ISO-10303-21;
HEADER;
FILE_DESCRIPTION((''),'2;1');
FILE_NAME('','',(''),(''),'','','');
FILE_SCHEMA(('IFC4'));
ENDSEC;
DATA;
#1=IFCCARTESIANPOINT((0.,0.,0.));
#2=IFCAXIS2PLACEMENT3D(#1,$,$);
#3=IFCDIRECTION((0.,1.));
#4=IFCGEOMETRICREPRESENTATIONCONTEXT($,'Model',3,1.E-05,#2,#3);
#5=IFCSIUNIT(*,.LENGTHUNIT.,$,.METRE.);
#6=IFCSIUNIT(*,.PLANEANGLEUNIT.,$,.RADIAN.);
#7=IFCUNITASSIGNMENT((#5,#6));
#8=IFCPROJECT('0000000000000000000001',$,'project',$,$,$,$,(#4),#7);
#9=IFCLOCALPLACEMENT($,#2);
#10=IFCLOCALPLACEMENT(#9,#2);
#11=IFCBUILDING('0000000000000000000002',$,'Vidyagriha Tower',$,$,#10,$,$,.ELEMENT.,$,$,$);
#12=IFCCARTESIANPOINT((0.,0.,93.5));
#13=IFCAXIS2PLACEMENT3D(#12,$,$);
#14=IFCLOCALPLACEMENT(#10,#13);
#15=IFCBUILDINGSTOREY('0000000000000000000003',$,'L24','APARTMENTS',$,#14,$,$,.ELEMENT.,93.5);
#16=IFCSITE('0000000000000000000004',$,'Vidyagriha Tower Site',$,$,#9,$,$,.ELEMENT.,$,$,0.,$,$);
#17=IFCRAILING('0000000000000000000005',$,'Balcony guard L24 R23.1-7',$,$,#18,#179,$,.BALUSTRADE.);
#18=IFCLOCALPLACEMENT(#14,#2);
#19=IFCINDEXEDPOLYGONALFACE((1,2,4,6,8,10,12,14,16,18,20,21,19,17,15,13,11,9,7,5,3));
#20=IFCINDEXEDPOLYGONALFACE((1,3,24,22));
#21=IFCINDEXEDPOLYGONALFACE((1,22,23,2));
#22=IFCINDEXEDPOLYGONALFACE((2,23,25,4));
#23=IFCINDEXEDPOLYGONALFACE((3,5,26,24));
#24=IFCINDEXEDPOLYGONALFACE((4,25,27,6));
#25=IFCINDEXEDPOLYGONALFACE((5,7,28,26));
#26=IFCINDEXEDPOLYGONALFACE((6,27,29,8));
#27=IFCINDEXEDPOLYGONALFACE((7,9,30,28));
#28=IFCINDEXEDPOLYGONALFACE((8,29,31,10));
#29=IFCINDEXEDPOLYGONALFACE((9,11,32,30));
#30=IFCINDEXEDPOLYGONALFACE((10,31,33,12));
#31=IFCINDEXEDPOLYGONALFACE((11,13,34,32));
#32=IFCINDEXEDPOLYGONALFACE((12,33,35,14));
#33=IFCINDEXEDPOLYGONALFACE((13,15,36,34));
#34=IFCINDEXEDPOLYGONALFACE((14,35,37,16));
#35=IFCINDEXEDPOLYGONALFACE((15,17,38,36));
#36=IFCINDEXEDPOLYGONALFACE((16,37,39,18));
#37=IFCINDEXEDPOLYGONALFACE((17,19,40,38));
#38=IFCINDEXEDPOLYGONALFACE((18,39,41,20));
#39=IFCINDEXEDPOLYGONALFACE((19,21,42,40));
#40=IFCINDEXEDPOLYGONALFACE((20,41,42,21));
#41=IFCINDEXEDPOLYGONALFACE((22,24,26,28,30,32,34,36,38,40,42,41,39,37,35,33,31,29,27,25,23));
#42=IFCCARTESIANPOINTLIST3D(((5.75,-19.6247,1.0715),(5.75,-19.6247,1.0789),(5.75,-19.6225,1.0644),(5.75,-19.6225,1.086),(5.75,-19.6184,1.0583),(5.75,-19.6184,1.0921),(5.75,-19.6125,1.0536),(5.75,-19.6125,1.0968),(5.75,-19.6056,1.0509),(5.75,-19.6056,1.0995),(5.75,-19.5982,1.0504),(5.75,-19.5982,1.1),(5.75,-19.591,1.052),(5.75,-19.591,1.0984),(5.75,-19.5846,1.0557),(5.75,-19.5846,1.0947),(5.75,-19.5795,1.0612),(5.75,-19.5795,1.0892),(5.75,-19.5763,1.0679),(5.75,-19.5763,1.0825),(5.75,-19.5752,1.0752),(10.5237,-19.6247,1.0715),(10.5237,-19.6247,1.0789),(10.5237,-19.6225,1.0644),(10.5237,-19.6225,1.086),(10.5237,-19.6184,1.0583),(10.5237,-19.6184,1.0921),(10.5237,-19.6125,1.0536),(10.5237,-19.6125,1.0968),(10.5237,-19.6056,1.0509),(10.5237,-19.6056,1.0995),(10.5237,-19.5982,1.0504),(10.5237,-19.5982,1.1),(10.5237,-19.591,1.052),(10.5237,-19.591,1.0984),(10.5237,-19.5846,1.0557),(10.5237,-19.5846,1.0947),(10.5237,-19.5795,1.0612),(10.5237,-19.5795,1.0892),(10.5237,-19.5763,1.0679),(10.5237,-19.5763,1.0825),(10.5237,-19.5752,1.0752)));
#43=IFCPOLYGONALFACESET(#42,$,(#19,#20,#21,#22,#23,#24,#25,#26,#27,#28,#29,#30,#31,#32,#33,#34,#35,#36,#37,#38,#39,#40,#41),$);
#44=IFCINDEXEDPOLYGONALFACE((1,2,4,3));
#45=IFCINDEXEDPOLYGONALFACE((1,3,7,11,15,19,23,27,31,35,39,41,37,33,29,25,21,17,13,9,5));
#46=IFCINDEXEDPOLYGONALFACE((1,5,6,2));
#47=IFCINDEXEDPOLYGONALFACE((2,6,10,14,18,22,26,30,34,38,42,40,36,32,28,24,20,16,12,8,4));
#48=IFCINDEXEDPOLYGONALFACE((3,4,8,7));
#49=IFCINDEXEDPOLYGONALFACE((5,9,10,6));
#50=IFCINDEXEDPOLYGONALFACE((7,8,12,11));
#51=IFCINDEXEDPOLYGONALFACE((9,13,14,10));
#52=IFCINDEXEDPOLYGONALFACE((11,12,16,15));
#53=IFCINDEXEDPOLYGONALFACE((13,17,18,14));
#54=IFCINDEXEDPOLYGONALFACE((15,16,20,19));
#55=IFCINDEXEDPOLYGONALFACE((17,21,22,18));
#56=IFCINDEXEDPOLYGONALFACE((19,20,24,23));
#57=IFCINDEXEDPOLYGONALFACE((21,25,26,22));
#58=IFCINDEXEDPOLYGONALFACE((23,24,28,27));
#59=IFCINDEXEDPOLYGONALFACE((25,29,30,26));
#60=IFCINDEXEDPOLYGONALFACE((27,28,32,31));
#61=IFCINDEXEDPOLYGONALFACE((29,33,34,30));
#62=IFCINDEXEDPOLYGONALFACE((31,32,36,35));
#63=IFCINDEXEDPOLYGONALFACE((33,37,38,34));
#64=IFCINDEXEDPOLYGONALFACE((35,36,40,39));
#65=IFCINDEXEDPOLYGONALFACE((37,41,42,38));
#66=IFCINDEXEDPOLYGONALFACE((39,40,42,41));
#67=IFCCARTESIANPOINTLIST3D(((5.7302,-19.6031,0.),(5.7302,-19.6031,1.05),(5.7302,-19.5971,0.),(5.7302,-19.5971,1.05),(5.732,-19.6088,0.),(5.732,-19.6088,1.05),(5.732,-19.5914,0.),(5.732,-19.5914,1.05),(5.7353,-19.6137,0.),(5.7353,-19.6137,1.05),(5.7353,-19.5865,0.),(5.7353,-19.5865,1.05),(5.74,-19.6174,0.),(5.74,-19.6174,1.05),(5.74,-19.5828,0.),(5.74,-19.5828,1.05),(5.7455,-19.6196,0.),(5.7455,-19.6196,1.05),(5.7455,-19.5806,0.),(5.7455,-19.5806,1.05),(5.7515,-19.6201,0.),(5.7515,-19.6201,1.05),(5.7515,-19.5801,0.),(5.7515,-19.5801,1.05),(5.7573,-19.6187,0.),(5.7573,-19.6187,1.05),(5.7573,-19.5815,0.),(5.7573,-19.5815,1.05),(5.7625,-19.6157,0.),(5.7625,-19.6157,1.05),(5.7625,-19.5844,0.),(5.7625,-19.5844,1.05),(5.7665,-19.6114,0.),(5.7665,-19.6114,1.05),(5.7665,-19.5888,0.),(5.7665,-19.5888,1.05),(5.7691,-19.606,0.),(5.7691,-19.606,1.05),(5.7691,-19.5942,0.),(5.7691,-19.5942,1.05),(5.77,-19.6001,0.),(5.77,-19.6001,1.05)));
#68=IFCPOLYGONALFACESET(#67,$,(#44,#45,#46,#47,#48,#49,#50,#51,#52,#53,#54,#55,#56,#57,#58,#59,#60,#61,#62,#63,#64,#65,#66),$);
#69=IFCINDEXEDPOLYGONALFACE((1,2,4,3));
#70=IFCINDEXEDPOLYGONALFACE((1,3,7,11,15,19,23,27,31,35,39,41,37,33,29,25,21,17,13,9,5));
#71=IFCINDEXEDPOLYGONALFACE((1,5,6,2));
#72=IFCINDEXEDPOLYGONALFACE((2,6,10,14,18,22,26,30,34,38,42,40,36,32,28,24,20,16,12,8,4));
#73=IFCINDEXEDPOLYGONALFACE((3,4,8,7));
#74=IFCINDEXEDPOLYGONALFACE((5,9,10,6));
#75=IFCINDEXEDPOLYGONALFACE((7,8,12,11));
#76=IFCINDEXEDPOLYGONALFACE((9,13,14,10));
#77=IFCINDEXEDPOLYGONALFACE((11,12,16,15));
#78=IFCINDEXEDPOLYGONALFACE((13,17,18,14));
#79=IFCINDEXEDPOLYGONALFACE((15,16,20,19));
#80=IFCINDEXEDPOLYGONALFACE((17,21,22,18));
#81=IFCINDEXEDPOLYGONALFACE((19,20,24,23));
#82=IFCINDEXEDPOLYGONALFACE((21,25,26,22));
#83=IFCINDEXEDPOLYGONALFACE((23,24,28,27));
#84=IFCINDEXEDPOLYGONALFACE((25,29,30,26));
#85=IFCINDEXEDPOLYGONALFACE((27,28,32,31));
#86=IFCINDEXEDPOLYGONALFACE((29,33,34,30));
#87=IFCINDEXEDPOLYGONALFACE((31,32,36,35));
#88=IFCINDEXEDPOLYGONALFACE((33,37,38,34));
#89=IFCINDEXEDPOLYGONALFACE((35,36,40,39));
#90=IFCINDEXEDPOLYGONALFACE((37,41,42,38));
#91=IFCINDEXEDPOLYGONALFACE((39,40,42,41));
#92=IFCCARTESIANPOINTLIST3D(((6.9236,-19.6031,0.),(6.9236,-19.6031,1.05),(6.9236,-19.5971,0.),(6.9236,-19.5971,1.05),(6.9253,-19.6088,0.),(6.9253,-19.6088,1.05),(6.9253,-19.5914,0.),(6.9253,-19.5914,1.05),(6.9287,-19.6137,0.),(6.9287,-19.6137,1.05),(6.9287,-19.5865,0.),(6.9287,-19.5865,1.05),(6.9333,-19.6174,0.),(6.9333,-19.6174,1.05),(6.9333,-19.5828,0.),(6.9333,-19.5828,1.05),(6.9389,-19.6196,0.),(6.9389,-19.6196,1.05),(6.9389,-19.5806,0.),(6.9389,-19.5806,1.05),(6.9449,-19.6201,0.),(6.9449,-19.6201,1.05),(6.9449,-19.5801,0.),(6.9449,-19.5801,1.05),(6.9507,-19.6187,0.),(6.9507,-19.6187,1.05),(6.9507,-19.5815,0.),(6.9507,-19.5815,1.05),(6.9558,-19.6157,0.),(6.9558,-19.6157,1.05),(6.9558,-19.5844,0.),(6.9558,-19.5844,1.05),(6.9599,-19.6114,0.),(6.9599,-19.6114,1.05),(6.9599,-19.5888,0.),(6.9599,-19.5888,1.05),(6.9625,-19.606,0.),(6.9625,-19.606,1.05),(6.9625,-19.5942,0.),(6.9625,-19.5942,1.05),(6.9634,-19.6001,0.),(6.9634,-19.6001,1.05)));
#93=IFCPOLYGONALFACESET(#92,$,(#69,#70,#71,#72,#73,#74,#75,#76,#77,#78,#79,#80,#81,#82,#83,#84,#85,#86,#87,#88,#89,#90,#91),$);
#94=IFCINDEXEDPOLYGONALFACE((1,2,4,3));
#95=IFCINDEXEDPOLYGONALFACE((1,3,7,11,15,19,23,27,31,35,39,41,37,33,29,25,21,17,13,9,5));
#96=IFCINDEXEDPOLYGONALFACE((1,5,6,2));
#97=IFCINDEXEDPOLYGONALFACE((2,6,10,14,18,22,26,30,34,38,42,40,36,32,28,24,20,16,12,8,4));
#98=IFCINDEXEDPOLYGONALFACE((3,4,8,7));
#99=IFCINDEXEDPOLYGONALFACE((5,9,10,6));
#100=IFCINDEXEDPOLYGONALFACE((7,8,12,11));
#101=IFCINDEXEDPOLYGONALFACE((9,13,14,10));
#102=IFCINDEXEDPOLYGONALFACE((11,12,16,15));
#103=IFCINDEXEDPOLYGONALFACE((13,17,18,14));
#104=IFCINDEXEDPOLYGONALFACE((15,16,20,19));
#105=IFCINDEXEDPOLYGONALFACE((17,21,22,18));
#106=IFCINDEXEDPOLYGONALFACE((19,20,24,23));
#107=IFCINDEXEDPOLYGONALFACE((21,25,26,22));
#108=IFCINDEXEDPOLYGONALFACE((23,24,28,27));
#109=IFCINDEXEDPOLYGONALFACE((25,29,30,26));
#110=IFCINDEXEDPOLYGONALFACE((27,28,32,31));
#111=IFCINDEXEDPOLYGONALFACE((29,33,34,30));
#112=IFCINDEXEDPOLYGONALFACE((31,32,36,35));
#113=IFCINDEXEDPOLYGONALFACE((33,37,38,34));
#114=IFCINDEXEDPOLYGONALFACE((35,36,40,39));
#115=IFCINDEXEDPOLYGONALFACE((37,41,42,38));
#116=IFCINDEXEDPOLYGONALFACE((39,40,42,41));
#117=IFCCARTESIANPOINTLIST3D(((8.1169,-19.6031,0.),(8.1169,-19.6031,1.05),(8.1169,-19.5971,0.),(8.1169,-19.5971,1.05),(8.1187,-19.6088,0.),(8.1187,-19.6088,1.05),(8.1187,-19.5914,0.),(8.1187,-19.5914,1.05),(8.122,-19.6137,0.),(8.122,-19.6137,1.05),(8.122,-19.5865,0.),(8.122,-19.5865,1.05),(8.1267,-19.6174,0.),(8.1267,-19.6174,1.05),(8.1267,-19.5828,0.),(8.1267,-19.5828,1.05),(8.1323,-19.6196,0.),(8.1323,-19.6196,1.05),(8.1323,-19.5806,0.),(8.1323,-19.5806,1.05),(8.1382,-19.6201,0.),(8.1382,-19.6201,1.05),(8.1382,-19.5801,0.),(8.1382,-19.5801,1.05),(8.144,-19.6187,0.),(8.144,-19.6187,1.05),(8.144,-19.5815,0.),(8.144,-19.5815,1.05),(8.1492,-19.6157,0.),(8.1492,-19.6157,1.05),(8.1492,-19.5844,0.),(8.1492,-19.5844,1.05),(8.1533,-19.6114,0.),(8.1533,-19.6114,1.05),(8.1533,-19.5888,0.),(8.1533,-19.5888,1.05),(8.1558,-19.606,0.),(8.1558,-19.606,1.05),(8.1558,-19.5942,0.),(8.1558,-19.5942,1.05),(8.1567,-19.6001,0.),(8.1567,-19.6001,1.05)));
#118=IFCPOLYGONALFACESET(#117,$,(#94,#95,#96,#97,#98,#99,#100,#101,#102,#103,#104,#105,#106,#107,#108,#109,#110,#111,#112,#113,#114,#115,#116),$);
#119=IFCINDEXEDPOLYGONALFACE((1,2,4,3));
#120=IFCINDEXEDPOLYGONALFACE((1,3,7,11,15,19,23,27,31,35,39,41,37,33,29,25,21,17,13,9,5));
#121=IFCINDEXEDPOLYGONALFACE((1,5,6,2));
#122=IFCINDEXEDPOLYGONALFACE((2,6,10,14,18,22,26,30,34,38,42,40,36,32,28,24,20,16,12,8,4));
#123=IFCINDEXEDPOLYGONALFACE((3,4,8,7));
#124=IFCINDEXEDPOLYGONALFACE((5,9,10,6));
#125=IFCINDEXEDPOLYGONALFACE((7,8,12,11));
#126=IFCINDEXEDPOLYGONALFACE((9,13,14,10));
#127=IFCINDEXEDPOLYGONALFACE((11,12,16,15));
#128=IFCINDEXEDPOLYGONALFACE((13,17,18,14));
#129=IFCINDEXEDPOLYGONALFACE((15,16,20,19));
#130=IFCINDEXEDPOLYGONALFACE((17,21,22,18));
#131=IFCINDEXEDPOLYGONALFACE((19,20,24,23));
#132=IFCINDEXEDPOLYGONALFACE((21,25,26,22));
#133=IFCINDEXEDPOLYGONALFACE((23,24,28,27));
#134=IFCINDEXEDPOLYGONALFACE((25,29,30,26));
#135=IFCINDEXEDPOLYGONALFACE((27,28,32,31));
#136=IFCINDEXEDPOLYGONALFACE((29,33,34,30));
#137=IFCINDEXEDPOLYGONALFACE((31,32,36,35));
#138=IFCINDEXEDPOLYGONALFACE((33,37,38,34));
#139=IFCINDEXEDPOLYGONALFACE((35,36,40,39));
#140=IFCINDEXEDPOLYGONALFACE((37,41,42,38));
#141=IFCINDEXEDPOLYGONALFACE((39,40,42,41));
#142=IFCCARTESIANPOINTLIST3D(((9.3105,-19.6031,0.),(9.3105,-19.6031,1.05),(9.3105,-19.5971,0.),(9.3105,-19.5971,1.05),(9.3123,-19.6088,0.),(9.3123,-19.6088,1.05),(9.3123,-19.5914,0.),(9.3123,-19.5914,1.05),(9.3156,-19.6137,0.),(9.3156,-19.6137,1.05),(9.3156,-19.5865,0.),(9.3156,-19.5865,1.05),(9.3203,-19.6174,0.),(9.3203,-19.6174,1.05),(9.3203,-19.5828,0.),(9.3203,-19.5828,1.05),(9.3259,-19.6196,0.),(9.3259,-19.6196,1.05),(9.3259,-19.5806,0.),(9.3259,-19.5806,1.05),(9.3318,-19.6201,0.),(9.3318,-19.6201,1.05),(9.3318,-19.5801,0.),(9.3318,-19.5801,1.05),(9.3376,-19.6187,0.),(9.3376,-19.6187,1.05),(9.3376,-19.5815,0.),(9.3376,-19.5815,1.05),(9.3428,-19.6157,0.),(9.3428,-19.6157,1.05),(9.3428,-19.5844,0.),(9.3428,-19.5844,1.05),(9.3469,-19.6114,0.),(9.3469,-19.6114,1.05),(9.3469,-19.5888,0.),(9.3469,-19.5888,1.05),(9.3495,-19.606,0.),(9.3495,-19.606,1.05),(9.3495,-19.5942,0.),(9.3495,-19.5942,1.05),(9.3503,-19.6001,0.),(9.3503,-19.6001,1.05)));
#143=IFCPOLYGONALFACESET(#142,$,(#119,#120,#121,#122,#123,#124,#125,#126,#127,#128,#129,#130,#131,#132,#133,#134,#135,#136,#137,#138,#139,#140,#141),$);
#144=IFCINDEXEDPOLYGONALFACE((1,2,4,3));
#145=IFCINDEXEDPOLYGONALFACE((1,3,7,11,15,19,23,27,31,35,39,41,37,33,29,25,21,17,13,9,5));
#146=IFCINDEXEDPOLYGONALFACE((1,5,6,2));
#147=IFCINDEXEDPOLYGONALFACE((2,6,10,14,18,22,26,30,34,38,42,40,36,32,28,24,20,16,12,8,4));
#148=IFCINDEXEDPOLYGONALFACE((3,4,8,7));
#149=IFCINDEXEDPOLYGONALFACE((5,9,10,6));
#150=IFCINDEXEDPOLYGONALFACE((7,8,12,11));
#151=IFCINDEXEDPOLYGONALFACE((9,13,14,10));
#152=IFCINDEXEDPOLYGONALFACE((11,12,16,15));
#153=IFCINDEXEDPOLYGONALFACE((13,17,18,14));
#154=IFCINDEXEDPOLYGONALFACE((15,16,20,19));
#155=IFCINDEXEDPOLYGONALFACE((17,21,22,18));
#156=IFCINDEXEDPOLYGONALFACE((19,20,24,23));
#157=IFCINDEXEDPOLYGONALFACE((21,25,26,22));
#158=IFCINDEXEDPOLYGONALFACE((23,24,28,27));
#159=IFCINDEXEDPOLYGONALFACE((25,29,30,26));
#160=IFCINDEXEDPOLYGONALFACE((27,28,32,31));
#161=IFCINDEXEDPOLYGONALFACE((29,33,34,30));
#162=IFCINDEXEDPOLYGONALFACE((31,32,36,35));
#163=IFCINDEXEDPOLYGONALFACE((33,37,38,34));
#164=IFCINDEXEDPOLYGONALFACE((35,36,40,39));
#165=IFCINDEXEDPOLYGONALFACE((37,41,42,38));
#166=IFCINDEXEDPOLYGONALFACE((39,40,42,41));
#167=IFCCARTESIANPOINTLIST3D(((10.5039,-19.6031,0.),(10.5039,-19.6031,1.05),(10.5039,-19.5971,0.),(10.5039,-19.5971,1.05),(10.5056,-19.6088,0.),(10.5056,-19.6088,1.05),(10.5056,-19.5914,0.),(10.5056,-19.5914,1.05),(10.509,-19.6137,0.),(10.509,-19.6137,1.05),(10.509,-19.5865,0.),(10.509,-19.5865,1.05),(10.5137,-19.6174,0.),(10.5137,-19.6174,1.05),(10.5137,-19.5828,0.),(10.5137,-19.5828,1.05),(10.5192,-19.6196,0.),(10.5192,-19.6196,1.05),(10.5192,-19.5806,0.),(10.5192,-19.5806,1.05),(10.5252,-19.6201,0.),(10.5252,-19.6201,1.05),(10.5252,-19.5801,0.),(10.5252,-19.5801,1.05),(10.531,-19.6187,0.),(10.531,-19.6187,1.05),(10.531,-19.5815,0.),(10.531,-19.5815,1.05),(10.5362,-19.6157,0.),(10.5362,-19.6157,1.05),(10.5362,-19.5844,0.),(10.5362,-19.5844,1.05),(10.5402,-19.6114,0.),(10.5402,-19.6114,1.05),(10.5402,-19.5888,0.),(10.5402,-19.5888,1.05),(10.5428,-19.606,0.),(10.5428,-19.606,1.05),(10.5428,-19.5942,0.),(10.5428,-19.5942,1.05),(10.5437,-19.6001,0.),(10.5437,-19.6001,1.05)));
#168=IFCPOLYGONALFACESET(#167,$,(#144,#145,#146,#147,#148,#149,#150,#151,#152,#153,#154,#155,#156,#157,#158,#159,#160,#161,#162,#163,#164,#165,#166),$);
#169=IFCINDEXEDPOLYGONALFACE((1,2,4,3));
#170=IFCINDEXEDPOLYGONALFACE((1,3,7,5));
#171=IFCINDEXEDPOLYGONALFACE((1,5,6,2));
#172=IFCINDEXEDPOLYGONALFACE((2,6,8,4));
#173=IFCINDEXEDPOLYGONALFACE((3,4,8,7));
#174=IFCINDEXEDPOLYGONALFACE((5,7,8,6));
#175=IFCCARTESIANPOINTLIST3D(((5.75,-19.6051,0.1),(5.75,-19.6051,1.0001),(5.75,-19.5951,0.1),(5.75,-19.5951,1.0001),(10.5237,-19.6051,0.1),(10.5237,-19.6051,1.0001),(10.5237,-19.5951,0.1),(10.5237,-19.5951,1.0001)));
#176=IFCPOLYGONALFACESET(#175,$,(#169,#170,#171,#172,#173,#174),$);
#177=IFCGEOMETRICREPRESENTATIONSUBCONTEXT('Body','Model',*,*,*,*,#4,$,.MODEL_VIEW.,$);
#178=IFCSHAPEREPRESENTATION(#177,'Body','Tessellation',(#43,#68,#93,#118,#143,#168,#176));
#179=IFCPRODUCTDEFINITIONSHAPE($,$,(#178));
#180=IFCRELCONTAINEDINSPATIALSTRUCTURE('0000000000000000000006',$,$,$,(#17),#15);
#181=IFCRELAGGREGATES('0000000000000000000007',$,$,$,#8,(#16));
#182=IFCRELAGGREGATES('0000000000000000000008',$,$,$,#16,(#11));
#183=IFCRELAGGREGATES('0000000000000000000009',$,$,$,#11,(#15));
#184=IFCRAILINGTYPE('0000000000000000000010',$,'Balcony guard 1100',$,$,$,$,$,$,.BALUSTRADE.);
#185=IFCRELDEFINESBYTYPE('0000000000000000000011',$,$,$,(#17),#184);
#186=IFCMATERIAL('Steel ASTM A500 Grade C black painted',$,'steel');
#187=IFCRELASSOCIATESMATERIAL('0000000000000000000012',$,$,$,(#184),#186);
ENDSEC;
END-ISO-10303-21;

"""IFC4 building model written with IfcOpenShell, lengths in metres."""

from ifc_helpers import new_model, si_unit, direction, frame, origin, origin_2d, place, context, subcontext, project, spatial, rectangle, circle, extrude, material, type_object, element, save


model = new_model("IFC4")

# Units and contexts
model_context = context("Model", 3, precision=1e-05, world=origin(), true_north=direction((0.0, 1.0)))
body_context = subcontext(model_context, "Body", "Model", "MODEL_VIEW")
ifc_project = project(units=[si_unit("LENGTHUNIT", "METRE"), si_unit("PLANEANGLEUNIT", "RADIAN")], contexts=[model_context])

# Site, building, storey
site_placement = place(None, origin())
site = spatial("IfcSite", under=ifc_project, at=site_placement, Name="Vidyagriha Tower Site", CompositionType="ELEMENT", RefElevation=0.0)
building_placement = place(site_placement, origin())
building = spatial("IfcBuilding", under=site, at=building_placement, Name="Vidyagriha Tower", CompositionType="ELEMENT")
storey_placement = place(building_placement, frame((0.0, 0.0, 93.5)))
storey = spatial("IfcBuildingStorey", under=building, at=storey_placement, Name="L24", Description="APARTMENTS", CompositionType="ELEMENT", Elevation=93.5)

# Railing
ifc_material_1 = material(Name="Steel ASTM A500 Grade C black painted", Category="steel")
railing_type = type_object("IfcRailingType", Name="Balcony guard 1100", PredefinedType="BALUSTRADE", material=ifc_material_1)
railing_1_placement = place(storey_placement, frame((5.75, -19.6001, 0.0)))
element("IfcRailing", 1, at=railing_1_placement, inside=storey, type_object=railing_type, Name="Balcony guard L24 R23.1-7", PredefinedType="BALUSTRADE", context=body_context, shape_type="SweptSolid", body=[
    extrude(circle(Radius=0.0249, at=origin_2d()), frame((0.0, 0.0, 1.0752), z_axis=(1.0, 0.0, 0.0), x_axis=(0.0, 1.0, 0.0)), (0.0, 0.0, 1.0), 4.7737),
    extrude(circle(Radius=0.02, at=origin_2d()), origin(), (0.0, 0.0, 1.0), 1.05),
    extrude(circle(Radius=0.02, at=origin_2d()), frame((1.1934, 0.0, 0.0)), (0.0, 0.0, 1.0), 1.05),
    extrude(circle(Radius=0.02, at=origin_2d()), frame((2.3867, 0.0, 0.0)), (0.0, 0.0, 1.0), 1.05),
    extrude(circle(Radius=0.02, at=origin_2d()), frame((3.5803, 0.0, 0.0)), (0.0, 0.0, 1.0), 1.05),
    extrude(circle(Radius=0.02, at=origin_2d()), frame((4.7737, 0.0, 0.0)), (0.0, 0.0, 1.0), 1.05),
    extrude(rectangle(XDim=0.01, YDim=0.9001, at=origin_2d()), frame((0.0, 0.0, 0.55), z_axis=(1.0, 0.0, 0.0), x_axis=(0.0, 1.0, 0.0)), (0.0, 0.0, 1.0), 4.7737),
])

save(model, "model.ifc")
